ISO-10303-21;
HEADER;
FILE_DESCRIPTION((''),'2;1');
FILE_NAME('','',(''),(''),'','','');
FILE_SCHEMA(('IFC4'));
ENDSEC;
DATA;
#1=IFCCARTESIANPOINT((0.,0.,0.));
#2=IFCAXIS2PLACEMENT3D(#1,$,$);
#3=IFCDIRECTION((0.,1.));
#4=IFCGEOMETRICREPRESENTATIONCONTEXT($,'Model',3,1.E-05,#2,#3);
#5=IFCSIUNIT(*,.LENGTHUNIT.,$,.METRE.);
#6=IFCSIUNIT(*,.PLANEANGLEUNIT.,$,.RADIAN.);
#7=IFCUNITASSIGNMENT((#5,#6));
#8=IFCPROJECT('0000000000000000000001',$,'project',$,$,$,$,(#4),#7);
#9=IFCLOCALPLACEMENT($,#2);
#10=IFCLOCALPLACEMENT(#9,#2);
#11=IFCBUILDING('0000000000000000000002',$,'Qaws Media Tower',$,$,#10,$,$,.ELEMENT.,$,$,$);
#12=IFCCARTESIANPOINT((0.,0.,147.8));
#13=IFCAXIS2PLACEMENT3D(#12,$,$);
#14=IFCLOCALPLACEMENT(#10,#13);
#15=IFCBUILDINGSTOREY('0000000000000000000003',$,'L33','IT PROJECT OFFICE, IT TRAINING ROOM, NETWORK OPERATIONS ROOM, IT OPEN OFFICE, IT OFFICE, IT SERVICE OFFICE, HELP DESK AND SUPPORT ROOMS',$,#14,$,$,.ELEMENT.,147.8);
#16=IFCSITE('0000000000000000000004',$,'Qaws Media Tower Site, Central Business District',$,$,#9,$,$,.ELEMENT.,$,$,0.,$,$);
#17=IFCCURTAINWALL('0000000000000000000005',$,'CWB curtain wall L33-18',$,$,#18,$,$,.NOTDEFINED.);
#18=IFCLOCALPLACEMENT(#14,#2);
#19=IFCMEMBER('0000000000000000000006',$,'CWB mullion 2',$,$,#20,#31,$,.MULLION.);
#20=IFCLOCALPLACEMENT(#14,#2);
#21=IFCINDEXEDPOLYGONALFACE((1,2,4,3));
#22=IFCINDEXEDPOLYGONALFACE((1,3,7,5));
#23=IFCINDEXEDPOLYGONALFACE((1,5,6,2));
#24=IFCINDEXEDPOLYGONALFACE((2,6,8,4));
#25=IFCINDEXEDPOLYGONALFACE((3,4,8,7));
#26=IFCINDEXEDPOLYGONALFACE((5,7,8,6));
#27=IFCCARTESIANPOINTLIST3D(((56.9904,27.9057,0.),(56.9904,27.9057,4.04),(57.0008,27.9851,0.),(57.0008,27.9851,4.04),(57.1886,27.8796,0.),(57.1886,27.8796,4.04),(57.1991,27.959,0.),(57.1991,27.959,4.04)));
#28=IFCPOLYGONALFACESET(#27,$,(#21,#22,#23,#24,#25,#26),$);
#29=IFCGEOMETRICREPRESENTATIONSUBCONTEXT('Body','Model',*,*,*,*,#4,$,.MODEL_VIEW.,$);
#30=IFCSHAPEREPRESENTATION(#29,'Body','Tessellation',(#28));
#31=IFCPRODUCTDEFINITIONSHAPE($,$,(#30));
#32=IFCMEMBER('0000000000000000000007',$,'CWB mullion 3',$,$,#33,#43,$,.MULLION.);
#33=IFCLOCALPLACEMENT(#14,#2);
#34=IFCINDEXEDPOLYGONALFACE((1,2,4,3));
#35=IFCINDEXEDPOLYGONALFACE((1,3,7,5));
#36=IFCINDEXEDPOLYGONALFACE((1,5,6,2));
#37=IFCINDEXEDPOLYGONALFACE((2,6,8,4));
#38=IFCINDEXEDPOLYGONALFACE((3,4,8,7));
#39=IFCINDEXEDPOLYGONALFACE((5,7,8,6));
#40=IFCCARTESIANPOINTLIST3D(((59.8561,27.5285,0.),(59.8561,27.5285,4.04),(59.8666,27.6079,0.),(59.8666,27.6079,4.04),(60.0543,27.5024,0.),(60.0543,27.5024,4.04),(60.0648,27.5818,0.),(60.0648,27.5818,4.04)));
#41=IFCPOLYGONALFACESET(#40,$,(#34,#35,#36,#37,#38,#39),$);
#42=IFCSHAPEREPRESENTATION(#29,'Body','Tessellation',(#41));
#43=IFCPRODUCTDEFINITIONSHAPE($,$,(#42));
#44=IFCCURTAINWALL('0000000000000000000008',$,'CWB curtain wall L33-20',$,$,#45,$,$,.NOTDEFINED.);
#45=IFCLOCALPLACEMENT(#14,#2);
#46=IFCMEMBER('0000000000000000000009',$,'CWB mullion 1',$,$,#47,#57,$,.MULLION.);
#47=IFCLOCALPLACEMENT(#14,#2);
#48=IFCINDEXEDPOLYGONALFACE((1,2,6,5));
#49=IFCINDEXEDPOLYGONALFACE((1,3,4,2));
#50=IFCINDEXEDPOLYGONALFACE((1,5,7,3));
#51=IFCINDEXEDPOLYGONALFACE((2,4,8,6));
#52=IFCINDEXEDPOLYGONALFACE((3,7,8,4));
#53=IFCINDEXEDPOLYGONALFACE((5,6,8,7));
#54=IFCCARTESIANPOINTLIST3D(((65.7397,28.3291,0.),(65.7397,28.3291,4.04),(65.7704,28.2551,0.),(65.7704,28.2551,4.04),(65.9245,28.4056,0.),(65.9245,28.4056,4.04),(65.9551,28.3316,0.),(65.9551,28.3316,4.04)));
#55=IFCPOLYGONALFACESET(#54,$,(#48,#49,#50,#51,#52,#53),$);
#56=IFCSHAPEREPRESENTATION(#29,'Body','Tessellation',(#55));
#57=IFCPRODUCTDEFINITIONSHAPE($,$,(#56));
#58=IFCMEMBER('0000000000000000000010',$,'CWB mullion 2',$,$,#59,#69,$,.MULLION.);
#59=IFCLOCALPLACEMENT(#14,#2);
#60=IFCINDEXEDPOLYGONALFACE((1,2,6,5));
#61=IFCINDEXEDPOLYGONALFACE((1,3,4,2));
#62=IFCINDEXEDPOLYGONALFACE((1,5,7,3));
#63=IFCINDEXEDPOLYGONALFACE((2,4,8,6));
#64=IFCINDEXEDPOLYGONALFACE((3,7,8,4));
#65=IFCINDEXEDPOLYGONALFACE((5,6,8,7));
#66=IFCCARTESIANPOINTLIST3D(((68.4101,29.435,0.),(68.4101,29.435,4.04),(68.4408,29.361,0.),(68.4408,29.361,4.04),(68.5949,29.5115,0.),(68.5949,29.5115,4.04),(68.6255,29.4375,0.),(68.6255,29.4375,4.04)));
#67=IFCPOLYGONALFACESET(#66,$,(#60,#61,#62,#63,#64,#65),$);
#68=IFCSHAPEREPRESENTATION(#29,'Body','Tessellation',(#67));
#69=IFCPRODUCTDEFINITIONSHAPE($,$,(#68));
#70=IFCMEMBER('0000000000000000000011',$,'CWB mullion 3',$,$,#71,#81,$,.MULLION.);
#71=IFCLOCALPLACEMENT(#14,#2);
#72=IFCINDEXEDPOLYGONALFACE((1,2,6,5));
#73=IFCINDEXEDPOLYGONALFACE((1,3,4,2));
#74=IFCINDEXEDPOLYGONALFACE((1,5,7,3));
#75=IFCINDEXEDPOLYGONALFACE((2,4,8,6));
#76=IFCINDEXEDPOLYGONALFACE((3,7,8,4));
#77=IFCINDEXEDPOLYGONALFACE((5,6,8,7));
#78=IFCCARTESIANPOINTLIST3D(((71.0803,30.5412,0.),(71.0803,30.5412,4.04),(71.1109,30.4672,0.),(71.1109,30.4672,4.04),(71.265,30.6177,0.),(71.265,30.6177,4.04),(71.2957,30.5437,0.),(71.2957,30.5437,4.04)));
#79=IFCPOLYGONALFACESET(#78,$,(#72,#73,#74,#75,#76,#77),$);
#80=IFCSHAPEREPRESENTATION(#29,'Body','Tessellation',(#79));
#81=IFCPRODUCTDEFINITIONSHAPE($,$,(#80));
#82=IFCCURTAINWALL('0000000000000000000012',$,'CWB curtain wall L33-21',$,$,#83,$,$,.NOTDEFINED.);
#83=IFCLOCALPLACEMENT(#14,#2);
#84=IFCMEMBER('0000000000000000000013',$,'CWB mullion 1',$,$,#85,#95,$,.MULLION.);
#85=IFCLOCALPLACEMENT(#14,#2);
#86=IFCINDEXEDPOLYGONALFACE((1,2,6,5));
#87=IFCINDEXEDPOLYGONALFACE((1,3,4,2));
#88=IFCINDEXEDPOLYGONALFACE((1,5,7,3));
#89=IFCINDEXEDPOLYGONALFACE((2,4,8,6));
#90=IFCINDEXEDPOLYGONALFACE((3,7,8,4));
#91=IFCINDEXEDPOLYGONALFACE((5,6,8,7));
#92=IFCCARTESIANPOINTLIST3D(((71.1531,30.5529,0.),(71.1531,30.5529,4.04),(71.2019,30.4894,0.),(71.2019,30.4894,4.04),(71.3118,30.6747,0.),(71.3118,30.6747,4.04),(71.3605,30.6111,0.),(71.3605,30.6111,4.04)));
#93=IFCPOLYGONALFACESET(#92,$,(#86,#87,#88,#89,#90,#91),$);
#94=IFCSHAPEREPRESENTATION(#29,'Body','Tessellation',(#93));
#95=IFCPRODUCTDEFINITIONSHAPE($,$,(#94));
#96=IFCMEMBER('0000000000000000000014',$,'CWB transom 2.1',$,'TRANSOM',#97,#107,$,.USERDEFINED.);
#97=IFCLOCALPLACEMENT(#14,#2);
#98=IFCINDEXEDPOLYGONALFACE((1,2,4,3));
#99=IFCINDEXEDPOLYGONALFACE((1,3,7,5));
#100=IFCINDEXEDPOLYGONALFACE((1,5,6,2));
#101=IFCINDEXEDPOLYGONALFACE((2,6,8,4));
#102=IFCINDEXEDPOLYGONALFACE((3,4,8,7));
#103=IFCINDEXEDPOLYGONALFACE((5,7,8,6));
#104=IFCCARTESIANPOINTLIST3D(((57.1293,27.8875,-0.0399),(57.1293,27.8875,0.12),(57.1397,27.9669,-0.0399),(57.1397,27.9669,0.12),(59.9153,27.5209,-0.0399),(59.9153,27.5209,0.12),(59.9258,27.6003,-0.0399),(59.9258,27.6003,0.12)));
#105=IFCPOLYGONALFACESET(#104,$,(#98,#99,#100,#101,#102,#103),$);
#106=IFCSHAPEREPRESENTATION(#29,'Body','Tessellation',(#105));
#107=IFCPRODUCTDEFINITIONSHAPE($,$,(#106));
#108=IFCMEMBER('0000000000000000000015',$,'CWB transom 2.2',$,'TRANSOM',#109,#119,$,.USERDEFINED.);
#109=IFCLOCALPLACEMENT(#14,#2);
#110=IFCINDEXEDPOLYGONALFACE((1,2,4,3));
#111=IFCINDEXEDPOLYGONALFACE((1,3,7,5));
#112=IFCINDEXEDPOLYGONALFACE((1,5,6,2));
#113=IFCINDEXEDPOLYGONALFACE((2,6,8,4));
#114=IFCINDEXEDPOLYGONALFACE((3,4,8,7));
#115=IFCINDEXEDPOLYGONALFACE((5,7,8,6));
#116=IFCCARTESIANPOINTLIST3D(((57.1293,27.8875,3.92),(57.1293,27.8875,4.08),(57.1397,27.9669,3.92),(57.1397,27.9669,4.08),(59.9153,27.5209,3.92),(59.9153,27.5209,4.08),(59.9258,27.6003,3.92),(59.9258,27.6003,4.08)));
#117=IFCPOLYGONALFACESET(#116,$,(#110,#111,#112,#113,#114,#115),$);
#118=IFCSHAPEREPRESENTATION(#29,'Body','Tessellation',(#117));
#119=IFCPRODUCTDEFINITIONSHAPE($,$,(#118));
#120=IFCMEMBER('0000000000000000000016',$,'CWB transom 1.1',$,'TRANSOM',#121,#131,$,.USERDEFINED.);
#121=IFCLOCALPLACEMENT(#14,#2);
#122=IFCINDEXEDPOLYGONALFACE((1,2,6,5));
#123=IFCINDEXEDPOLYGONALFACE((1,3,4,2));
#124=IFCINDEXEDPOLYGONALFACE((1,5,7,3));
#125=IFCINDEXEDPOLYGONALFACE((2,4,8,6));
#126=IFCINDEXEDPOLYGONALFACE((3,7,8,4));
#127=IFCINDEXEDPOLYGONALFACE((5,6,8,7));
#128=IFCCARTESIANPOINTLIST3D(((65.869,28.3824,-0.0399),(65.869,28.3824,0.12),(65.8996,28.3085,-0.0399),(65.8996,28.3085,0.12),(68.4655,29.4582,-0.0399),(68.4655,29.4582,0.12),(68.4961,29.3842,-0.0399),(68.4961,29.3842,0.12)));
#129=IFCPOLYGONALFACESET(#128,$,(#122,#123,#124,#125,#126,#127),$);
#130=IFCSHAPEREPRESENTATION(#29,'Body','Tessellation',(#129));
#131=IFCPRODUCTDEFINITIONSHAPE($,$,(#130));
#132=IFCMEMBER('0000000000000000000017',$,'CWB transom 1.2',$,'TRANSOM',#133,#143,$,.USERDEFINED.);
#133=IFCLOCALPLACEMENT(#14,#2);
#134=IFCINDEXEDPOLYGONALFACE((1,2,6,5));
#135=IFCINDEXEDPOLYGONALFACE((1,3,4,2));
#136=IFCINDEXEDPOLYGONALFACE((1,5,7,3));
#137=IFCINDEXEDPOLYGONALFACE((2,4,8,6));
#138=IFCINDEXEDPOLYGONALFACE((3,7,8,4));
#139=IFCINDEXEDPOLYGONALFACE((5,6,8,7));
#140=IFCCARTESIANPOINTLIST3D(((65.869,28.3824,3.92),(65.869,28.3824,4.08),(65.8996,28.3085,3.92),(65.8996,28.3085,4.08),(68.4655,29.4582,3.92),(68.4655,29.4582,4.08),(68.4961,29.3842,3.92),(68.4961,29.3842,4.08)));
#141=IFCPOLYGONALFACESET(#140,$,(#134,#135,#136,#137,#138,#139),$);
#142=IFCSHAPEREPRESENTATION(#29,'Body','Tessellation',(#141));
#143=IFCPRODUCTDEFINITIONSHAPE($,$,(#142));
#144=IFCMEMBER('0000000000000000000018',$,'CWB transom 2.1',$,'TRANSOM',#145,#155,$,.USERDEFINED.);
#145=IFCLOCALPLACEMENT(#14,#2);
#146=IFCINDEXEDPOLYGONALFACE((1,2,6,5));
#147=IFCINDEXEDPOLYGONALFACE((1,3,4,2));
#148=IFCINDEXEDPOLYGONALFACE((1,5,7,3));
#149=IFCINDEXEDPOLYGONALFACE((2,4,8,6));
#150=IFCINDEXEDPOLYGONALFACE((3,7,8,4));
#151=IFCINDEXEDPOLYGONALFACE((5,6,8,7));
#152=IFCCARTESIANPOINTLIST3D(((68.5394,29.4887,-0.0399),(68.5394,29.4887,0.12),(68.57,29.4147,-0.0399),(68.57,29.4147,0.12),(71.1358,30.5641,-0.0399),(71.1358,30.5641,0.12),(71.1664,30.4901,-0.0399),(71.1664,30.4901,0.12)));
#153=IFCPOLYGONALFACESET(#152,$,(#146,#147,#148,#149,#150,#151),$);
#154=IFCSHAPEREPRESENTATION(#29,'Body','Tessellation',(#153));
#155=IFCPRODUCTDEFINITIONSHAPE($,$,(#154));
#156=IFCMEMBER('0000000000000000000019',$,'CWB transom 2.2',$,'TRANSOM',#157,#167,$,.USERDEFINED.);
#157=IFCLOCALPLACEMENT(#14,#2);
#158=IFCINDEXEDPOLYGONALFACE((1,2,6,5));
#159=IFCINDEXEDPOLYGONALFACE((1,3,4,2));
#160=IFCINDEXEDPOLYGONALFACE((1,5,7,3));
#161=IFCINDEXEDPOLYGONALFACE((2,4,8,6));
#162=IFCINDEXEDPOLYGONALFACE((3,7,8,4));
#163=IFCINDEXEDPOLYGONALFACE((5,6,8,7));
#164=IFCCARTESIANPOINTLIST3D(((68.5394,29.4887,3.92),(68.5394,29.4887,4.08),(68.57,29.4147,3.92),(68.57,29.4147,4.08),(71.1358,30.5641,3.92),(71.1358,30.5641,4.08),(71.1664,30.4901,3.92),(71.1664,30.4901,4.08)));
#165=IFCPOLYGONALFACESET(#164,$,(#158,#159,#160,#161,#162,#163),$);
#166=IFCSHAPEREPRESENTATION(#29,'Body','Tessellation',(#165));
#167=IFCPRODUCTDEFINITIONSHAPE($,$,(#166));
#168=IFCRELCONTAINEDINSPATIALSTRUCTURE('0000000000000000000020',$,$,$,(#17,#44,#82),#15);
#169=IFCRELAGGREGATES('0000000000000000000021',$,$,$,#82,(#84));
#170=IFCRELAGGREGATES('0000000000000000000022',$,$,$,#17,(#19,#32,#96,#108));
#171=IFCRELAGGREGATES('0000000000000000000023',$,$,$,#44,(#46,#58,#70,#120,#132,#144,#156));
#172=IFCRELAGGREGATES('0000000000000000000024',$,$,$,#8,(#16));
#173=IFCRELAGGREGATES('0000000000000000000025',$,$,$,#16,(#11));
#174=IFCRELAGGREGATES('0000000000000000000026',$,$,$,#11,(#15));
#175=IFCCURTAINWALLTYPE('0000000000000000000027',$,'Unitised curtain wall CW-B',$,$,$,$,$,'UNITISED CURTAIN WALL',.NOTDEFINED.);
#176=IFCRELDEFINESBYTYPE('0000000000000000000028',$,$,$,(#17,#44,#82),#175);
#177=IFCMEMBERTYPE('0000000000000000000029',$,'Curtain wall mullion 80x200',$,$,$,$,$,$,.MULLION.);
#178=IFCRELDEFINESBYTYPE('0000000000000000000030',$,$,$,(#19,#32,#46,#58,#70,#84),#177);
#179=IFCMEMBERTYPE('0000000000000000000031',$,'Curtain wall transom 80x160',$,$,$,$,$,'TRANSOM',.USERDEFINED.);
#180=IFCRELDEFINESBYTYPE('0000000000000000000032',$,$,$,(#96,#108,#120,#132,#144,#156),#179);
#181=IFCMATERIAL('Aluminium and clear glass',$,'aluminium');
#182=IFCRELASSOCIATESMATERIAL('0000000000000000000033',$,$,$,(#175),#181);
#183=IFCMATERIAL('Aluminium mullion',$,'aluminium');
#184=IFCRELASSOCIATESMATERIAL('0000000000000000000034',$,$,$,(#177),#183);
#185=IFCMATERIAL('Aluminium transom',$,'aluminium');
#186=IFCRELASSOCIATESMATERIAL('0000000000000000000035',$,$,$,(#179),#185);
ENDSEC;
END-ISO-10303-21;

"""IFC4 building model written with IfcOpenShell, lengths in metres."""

from ifc_helpers import new_model, si_unit, direction, frame, origin, origin_2d, place, context, subcontext, project, spatial, rectangle, extrude, material, material_profile, profile_set, type_object, element, aggregate, save


model = new_model("IFC4")

# Units and contexts
model_context = context("Model", 3, precision=1e-05, world=origin(), true_north=direction((0.0, 1.0)))
body_context = subcontext(model_context, "Body", "Model", "MODEL_VIEW")
ifc_project = project(units=[si_unit("LENGTHUNIT", "METRE"), si_unit("PLANEANGLEUNIT", "RADIAN")], contexts=[model_context])

# Site, building, storey
site_placement = place(None, origin())
site = spatial("IfcSite", under=ifc_project, at=site_placement, Name="Qaws Media Tower Site, Central Business District", CompositionType="ELEMENT", RefElevation=0.0)
building_placement = place(site_placement, origin())
building = spatial("IfcBuilding", under=site, at=building_placement, Name="Qaws Media Tower", CompositionType="ELEMENT")
storey_placement = place(building_placement, frame((0.0, 0.0, 147.8)))
storey = spatial("IfcBuildingStorey", under=building, at=storey_placement, Name="L33", Description="IT PROJECT OFFICE, IT TRAINING ROOM, NETWORK OPERATIONS ROOM, IT OPEN OFFICE, IT OFFICE, IT SERVICE OFFICE, HELP DESK AND SUPPORT ROOMS", CompositionType="ELEMENT", Elevation=147.8)

# Curtain walls, members
ifc_material_1 = material(Name="Aluminium and clear glass", Category="aluminium")
curtain_wall_type = type_object("IfcCurtainWallType", Name="Unitised curtain wall CW-B", ElementType="UNITISED CURTAIN WALL", PredefinedType="NOTDEFINED", material=ifc_material_1)
curtain_wall_1_placement = place(storey_placement, origin())
curtain_wall_1 = element("IfcCurtainWall", 1, at=curtain_wall_1_placement, inside=storey, type_object=curtain_wall_type, Name="CWB curtain wall L33-18", PredefinedType="NOTDEFINED")
ifc_material_2 = material(Name="Aluminium mullion", Category="aluminium")
ifc_material_profile_1 = material_profile(ifc_material_2, rectangle(XDim=0.0801, YDim=0.2, at=origin_2d()), Name="80x200")
ifc_profile_set_1 = profile_set([ifc_material_profile_1], Name="Aluminium mullion")
member_type_1 = type_object("IfcMemberType", Name="Curtain wall mullion 80x200", PredefinedType="MULLION", material=ifc_profile_set_1)
member_1_placement = place(storey_placement, frame((57.0947, 27.9324, 0.0), z_axis=(0.0, 0.0, 1.0), x_axis=(0.130526, 0.991445, 0.0)))
member_1 = element("IfcMember", 2, at=member_1_placement, type_object=member_type_1, Name="CWB mullion 2", PredefinedType="MULLION", context=body_context, shape_type="SweptSolid", body=[
    extrude(rectangle(XDim=0.0801, YDim=0.2, at=origin_2d()), origin(), (0.0, 0.0, 1.0), 4.04),
])
member_2_placement = place(storey_placement, frame((59.9604, 27.5552, 0.0), z_axis=(0.0, 0.0, 1.0), x_axis=(0.130526, 0.991445, 0.0)))
member_2 = element("IfcMember", 3, at=member_2_placement, type_object=member_type_1, Name="CWB mullion 3", PredefinedType="MULLION", context=body_context, shape_type="SweptSolid", body=[
    extrude(rectangle(XDim=0.0801, YDim=0.2, at=origin_2d()), origin(), (0.0, 0.0, 1.0), 4.04),
])
curtain_wall_2_placement = place(storey_placement, origin())
curtain_wall_2 = element("IfcCurtainWall", 4, at=curtain_wall_2_placement, inside=storey, type_object=curtain_wall_type, Name="CWB curtain wall L33-20", PredefinedType="NOTDEFINED")
member_3_placement = place(storey_placement, frame((65.8474, 28.3303, 0.0), z_axis=(0.0, 0.0, 1.0), x_axis=(-0.382684, 0.923879, 0.0)))
member_3 = element("IfcMember", 5, at=member_3_placement, type_object=member_type_1, Name="CWB mullion 1", PredefinedType="MULLION", context=body_context, shape_type="SweptSolid", body=[
    extrude(rectangle(XDim=0.0801, YDim=0.2, at=origin_2d()), origin(), (0.0, 0.0, 1.0), 4.04),
])
member_4_placement = place(storey_placement, frame((68.5178, 29.4363, 0.0), z_axis=(0.0, 0.0, 1.0), x_axis=(-0.382684, 0.923879, 0.0)))
member_4 = element("IfcMember", 6, at=member_4_placement, type_object=member_type_1, Name="CWB mullion 2", PredefinedType="MULLION", context=body_context, shape_type="SweptSolid", body=[
    extrude(rectangle(XDim=0.0801, YDim=0.2, at=origin_2d()), origin(), (0.0, 0.0, 1.0), 4.04),
])
member_5_placement = place(storey_placement, frame((71.188, 30.5425, 0.0), z_axis=(0.0, 0.0, 1.0), x_axis=(-0.382684, 0.923879, 0.0)))
member_5 = element("IfcMember", 7, at=member_5_placement, type_object=member_type_1, Name="CWB mullion 3", PredefinedType="MULLION", context=body_context, shape_type="SweptSolid", body=[
    extrude(rectangle(XDim=0.0801, YDim=0.2, at=origin_2d()), origin(), (0.0, 0.0, 1.0), 4.04),
])

# Curtain wall, member
curtain_wall_3_placement = place(storey_placement, origin())
curtain_wall_3 = element("IfcCurtainWall", 8, at=curtain_wall_3_placement, inside=storey, type_object=curtain_wall_type, Name="CWB curtain wall L33-21", PredefinedType="NOTDEFINED")
member_6_placement = place(storey_placement, frame((71.2568, 30.582, 0.0), z_axis=(0.0, 0.0, 1.0), x_axis=(-0.608761, 0.793353, 0.0)))
member_6 = element("IfcMember", 9, at=member_6_placement, type_object=member_type_1, Name="CWB mullion 1", PredefinedType="MULLION", context=body_context, shape_type="SweptSolid", body=[
    extrude(rectangle(XDim=0.0801, YDim=0.2, at=origin_2d()), origin(), (0.0, 0.0, 1.0), 4.04),
])
aggregate(curtain_wall_3, [member_6])

# Members
ifc_material_3 = material(Name="Aluminium transom", Category="aluminium")
ifc_material_profile_2 = material_profile(ifc_material_3, rectangle(XDim=0.0801, YDim=0.1599, at=origin_2d()), Name="80x160")
ifc_profile_set_2 = profile_set([ifc_material_profile_2], Name="Aluminium transom")
member_type_2 = type_object("IfcMemberType", Name="Curtain wall transom 80x160", ElementType="TRANSOM", PredefinedType="USERDEFINED", material=ifc_profile_set_2)
member_7_placement = place(storey_placement, frame((57.1345, 27.9272, 0.04), z_axis=(0.99145, -0.13049, 0.0), x_axis=(0.13049, 0.99145, 0.0)))
member_7 = element("IfcMember", 10, at=member_7_placement, type_object=member_type_2, Name="CWB transom 2.1", ObjectType="TRANSOM", PredefinedType="USERDEFINED", context=body_context, shape_type="SweptSolid", body=[
    extrude(rectangle(XDim=0.0801, YDim=0.1599, at=origin_2d()), origin(), (0.0, 0.0, 1.0), 2.8101),
])
member_8_placement = place(storey_placement, frame((57.1345, 27.9272, 4.0), z_axis=(0.99145, -0.13049, 0.0), x_axis=(0.13049, 0.99145, 0.0)))
member_8 = element("IfcMember", 11, at=member_8_placement, type_object=member_type_2, Name="CWB transom 2.2", ObjectType="TRANSOM", PredefinedType="USERDEFINED", context=body_context, shape_type="SweptSolid", body=[
    extrude(rectangle(XDim=0.0801, YDim=0.1599, at=origin_2d()), origin(), (0.0, 0.0, 1.0), 2.8101),
])
member_9_placement = place(storey_placement, frame((65.8843, 28.3455, 0.04), z_axis=(0.923854, 0.382746, 0.0), x_axis=(-0.382746, 0.923854, 0.0)))
member_9 = element("IfcMember", 12, at=member_9_placement, type_object=member_type_2, Name="CWB transom 1.1", ObjectType="TRANSOM", PredefinedType="USERDEFINED", context=body_context, shape_type="SweptSolid", body=[
    extrude(rectangle(XDim=0.0801, YDim=0.1599, at=origin_2d()), origin(), (0.0, 0.0, 1.0), 2.8105),
])
member_10_placement = place(storey_placement, frame((65.8843, 28.3455, 4.0), z_axis=(0.923854, 0.382746, 0.0), x_axis=(-0.382746, 0.923854, 0.0)))
member_10 = element("IfcMember", 13, at=member_10_placement, type_object=member_type_2, Name="CWB transom 1.2", ObjectType="TRANSOM", PredefinedType="USERDEFINED", context=body_context, shape_type="SweptSolid", body=[
    extrude(rectangle(XDim=0.0801, YDim=0.1599, at=origin_2d()), origin(), (0.0, 0.0, 1.0), 2.8105),
])
member_11_placement = place(storey_placement, frame((68.5547, 29.4517, 0.04), z_axis=(0.923884, 0.382671, 0.0), x_axis=(-0.382671, 0.923884, 0.0)))
member_11 = element("IfcMember", 14, at=member_11_placement, type_object=member_type_2, Name="CWB transom 2.1", ObjectType="TRANSOM", PredefinedType="USERDEFINED", context=body_context, shape_type="SweptSolid", body=[
    extrude(rectangle(XDim=0.0801, YDim=0.1599, at=origin_2d()), origin(), (0.0, 0.0, 1.0), 2.8103),
])
member_12_placement = place(storey_placement, frame((68.5547, 29.4517, 4.0), z_axis=(0.923884, 0.382671, 0.0), x_axis=(-0.382671, 0.923884, 0.0)))
member_12 = element("IfcMember", 15, at=member_12_placement, type_object=member_type_2, Name="CWB transom 2.2", ObjectType="TRANSOM", PredefinedType="USERDEFINED", context=body_context, shape_type="SweptSolid", body=[
    extrude(rectangle(XDim=0.0801, YDim=0.1599, at=origin_2d()), origin(), (0.0, 0.0, 1.0), 2.8103),
])

aggregate(curtain_wall_1, [member_1, member_2, member_7, member_8])
aggregate(curtain_wall_2, [member_3, member_4, member_5, member_9, member_10, member_11, member_12])

save(model, "model.ifc")
